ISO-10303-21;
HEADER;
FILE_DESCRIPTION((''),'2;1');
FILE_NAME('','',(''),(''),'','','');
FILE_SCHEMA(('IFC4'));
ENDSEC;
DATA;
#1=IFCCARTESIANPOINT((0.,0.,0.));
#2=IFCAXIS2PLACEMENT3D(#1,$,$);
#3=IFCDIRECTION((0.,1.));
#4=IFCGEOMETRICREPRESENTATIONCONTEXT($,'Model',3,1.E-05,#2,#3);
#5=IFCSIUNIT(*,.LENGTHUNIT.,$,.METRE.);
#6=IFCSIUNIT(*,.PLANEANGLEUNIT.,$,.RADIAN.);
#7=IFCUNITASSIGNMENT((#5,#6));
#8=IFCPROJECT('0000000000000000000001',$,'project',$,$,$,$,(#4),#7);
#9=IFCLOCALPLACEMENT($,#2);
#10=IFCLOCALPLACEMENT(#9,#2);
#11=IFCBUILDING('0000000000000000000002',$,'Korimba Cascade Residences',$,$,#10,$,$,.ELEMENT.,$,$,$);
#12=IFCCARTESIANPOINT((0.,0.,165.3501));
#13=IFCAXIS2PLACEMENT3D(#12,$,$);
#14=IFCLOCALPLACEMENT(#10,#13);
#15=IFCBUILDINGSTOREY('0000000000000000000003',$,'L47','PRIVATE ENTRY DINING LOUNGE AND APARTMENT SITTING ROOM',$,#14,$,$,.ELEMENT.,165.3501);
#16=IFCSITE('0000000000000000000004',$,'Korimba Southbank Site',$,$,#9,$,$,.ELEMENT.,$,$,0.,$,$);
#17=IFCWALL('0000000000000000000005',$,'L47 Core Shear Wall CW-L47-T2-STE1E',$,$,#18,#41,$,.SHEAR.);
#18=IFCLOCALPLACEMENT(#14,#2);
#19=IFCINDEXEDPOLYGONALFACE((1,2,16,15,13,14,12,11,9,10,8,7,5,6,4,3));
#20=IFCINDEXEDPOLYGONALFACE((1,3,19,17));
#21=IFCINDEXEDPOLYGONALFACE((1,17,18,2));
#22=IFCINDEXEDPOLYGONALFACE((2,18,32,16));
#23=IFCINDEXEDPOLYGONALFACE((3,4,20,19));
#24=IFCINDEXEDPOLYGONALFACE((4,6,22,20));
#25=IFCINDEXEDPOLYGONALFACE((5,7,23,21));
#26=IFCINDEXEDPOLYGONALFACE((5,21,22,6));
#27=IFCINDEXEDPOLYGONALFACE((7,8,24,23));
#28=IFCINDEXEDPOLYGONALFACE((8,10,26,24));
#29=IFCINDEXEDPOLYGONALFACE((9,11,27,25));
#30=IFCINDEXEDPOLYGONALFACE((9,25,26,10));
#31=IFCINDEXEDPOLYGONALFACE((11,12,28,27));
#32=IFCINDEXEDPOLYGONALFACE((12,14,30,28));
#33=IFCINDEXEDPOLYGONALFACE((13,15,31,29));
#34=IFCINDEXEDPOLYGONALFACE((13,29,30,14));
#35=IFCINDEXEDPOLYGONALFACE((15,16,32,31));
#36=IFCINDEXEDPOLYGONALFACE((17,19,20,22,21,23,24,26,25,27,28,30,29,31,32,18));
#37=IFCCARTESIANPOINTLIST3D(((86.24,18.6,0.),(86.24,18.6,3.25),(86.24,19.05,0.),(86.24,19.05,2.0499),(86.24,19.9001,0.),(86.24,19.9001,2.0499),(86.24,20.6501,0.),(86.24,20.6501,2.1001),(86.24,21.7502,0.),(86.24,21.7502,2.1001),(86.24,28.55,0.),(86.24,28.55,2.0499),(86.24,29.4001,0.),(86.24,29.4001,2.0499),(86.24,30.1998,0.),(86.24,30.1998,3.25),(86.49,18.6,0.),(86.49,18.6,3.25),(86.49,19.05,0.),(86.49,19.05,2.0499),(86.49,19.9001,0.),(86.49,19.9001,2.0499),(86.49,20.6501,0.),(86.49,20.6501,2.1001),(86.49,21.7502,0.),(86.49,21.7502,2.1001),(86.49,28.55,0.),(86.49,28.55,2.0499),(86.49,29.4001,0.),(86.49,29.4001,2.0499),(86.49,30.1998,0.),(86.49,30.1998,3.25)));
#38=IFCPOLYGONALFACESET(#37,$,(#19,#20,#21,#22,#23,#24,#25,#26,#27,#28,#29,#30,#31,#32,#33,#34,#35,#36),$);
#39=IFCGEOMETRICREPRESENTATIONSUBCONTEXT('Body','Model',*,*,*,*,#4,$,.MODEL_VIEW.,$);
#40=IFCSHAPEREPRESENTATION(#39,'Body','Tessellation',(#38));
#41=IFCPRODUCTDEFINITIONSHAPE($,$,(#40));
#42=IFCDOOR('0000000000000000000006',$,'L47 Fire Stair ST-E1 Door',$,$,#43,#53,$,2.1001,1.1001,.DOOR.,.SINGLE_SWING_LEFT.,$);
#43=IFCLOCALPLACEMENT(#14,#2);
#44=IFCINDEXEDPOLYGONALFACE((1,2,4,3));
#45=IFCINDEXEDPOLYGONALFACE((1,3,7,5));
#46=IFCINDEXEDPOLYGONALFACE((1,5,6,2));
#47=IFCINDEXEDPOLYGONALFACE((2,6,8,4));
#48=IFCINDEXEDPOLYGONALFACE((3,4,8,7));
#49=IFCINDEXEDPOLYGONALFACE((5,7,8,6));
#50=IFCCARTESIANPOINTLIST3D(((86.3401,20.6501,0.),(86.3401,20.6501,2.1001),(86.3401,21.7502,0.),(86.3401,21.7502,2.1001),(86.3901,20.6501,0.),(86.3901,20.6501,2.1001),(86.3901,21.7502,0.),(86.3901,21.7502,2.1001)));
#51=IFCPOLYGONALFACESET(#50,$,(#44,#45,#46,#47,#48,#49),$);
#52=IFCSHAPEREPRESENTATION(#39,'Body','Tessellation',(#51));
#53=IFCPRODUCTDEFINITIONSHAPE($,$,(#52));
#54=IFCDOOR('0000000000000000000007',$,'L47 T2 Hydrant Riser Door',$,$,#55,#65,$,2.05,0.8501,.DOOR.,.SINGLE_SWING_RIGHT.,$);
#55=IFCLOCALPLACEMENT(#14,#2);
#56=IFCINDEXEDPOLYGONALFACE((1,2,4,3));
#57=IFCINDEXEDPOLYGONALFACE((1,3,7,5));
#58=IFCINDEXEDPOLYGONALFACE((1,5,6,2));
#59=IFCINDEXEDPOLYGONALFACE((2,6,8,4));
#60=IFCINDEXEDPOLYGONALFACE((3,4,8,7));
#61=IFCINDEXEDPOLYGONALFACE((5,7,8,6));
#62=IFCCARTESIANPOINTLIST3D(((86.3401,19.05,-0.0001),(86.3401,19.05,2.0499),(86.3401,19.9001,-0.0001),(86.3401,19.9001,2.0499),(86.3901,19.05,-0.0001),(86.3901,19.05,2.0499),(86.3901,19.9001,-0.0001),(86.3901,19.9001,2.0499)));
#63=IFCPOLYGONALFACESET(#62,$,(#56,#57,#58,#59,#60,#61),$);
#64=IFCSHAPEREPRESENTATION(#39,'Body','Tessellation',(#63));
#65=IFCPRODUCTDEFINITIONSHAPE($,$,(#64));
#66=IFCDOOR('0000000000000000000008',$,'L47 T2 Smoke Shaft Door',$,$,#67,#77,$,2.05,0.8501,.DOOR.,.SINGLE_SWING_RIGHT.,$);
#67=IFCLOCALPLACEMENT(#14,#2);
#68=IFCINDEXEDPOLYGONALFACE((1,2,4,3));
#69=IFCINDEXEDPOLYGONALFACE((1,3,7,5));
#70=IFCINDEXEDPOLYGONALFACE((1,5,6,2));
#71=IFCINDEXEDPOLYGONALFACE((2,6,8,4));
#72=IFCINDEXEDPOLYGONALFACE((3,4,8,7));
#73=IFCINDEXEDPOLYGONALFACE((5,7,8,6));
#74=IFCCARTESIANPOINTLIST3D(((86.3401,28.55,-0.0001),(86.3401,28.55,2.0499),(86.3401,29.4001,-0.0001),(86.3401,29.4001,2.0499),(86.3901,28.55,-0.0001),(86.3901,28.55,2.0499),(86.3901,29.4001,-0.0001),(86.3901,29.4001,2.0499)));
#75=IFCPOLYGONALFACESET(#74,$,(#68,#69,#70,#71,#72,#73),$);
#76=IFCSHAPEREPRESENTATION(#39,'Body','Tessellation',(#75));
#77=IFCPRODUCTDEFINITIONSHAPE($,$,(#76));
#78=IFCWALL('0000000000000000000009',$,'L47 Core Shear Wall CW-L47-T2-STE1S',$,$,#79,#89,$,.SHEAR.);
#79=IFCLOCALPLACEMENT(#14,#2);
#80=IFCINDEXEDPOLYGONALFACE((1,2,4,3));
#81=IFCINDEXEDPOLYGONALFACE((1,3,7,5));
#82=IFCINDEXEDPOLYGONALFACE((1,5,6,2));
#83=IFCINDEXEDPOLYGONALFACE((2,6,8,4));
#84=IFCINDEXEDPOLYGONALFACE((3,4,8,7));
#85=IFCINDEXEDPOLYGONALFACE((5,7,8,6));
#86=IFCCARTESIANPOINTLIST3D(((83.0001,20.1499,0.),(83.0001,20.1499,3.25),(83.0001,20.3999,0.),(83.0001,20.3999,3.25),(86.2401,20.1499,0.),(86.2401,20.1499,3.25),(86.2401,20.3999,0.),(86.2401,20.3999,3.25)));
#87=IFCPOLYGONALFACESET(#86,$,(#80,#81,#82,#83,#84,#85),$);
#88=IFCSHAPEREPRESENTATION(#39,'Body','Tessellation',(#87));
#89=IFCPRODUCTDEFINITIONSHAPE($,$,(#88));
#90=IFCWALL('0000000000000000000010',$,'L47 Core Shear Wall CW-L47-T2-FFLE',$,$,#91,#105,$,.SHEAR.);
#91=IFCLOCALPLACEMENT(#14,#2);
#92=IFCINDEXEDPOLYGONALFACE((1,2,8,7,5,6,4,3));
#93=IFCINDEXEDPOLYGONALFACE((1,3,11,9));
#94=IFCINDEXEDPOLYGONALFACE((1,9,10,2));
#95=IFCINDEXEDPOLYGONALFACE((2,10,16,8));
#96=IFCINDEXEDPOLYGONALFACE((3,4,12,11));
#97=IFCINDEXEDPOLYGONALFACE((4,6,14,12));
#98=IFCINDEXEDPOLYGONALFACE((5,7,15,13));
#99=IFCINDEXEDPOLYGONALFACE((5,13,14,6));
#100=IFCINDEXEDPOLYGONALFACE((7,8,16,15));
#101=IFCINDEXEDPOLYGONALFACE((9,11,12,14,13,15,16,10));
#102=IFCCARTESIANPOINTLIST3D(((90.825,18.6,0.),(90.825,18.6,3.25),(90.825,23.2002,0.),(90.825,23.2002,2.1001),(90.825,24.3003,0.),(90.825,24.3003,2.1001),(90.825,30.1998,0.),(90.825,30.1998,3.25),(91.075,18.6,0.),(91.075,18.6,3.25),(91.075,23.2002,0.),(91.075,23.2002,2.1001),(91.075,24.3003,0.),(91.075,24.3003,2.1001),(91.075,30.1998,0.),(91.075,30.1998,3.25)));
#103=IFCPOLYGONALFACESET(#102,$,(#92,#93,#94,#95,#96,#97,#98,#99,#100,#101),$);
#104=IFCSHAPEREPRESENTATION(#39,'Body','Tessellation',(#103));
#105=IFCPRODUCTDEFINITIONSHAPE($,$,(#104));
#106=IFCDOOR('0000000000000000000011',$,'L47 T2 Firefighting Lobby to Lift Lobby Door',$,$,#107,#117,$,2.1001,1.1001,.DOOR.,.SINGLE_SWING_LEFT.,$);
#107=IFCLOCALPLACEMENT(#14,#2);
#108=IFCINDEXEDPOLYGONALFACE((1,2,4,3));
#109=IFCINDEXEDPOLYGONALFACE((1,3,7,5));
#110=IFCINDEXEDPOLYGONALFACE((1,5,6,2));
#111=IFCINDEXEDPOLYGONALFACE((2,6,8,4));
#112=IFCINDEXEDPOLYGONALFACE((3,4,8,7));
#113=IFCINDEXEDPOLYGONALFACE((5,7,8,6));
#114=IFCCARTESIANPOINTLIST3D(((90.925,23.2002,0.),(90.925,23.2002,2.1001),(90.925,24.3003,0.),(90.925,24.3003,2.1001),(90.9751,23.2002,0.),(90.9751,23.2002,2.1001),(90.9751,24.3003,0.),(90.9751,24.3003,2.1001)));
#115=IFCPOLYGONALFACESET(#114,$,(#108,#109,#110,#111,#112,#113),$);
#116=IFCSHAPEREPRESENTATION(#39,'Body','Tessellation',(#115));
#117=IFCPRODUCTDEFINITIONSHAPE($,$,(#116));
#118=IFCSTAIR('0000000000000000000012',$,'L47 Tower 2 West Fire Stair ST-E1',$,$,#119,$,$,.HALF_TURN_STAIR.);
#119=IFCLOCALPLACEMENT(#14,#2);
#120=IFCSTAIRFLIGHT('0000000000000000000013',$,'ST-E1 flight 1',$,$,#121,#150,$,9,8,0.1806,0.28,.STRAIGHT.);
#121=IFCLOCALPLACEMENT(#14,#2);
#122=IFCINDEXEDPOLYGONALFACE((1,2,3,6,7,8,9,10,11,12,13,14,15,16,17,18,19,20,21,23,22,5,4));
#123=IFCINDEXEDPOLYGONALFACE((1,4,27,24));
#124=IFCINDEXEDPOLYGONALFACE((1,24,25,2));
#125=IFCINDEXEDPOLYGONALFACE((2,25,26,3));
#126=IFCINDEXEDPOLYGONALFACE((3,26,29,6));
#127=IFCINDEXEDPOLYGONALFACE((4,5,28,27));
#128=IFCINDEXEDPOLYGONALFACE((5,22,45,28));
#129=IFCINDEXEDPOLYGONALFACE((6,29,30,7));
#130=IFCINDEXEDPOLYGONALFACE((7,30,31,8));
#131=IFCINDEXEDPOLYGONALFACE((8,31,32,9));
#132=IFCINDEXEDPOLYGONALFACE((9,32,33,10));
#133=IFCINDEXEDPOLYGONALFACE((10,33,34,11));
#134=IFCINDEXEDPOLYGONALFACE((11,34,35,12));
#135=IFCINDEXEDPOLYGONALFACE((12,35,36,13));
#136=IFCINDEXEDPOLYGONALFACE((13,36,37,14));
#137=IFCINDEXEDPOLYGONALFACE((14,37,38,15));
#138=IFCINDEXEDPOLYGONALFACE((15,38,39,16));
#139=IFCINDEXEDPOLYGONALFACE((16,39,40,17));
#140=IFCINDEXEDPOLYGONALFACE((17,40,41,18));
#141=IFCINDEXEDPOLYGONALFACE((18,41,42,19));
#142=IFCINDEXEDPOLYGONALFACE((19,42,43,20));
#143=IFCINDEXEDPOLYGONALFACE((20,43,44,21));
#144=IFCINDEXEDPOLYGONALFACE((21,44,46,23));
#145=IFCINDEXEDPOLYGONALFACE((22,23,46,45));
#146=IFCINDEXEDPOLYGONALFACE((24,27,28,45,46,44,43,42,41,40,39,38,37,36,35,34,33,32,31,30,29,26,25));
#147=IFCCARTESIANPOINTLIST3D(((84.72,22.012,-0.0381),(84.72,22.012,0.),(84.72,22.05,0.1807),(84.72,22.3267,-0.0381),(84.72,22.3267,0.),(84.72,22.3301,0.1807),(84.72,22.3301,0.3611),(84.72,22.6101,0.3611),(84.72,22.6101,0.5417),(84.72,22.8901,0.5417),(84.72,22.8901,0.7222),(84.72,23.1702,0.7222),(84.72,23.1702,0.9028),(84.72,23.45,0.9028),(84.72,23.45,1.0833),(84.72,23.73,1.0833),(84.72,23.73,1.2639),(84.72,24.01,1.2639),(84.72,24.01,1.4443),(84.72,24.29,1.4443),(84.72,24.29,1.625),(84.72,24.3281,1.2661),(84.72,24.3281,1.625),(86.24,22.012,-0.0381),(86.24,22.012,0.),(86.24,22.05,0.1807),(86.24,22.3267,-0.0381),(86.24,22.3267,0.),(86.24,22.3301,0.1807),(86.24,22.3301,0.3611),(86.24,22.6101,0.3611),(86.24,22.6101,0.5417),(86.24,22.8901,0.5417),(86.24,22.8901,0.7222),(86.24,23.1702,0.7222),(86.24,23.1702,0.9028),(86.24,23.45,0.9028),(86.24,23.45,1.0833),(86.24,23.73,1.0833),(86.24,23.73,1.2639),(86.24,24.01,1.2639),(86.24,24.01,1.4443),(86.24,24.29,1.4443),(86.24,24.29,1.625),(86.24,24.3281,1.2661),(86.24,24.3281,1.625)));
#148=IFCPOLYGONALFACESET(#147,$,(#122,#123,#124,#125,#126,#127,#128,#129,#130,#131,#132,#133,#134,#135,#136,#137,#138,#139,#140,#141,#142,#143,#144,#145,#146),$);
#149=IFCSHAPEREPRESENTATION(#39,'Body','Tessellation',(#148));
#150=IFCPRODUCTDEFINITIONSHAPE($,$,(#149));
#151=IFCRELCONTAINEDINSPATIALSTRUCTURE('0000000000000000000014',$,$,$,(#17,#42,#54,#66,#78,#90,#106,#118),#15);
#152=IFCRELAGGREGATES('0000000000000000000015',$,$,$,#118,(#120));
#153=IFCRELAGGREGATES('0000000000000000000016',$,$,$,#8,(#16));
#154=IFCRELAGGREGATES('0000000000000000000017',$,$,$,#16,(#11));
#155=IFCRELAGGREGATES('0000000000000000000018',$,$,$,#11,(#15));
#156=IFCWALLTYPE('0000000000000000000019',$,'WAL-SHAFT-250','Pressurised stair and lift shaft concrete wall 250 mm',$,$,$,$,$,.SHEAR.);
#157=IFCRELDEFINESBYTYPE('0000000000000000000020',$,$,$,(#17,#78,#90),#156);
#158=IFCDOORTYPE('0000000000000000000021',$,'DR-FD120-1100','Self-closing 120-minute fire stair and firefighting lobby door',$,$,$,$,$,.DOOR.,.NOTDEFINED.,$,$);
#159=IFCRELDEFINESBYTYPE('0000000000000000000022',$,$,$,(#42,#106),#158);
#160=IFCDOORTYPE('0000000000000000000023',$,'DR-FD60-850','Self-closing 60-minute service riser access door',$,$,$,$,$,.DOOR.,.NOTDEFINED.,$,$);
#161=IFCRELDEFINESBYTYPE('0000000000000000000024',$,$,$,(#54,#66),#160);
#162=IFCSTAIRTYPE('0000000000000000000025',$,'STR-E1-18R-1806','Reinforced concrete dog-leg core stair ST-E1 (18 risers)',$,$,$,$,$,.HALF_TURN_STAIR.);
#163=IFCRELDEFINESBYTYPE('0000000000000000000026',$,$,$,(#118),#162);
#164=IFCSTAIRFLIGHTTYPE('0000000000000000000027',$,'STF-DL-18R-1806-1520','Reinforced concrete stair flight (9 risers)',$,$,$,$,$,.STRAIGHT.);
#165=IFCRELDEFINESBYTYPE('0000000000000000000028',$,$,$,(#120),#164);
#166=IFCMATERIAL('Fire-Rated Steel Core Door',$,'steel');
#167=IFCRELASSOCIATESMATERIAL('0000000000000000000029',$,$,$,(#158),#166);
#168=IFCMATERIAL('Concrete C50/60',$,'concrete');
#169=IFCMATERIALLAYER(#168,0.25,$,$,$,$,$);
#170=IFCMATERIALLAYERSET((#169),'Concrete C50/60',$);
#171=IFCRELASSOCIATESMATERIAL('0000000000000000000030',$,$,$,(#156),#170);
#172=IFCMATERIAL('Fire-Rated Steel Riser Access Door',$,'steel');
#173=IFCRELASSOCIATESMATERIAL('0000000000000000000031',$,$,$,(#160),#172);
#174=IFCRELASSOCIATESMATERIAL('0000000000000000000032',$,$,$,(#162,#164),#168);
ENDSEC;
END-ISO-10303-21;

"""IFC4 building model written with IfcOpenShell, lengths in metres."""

from ifc_helpers import new_model, si_unit, direction, frame, frame_2d, origin, place, context, subcontext, project, spatial, polyline, rectangle, outline, extrude, material, layer, layer_set, type_object, element, fill, aggregate, save


model = new_model("IFC4")

# Units and contexts
model_context = context("Model", 3, precision=1e-05, world=origin(), true_north=direction((0.0, 1.0)))
body_context = subcontext(model_context, "Body", "Model", "MODEL_VIEW")
ifc_project = project(units=[si_unit("LENGTHUNIT", "METRE"), si_unit("PLANEANGLEUNIT", "RADIAN")], contexts=[model_context])

# Site, building, storey
site_placement = place(None, origin())
site = spatial("IfcSite", under=ifc_project, at=site_placement, Name="Korimba Southbank Site", CompositionType="ELEMENT", RefElevation=0.0)
building_placement = place(site_placement, origin())
building = spatial("IfcBuilding", under=site, at=building_placement, Name="Korimba Cascade Residences", CompositionType="ELEMENT")
storey_placement = place(building_placement, frame((0.0, 0.0, 165.3501)))
storey = spatial("IfcBuildingStorey", under=building, at=storey_placement, Name="L47", Description="PRIVATE ENTRY DINING LOUNGE AND APARTMENT SITTING ROOM", CompositionType="ELEMENT", Elevation=165.3501)

# Shared definitions
ifc_material_1 = material(Name="Concrete C50/60", Category="concrete")

# Shared definitions
ifc_material_2 = material(Name="Fire-Rated Steel Core Door", Category="steel")
door_type_1 = type_object("IfcDoorType", Name="DR-FD120-1100", Description="Self-closing 120-minute fire stair and firefighting lobby door", OperationType="NOTDEFINED", PredefinedType="DOOR", material=ifc_material_2)

# Shared definitions
ifc_layer_1 = layer(ifc_material_1, 0.25)
ifc_layer_set_1 = layer_set([ifc_layer_1], Name="Concrete C50/60")
wall_type_1 = type_object("IfcWallType", Name="WAL-SHAFT-250", Description="Pressurised stair and lift shaft concrete wall 250 mm", PredefinedType="SHEAR", material=ifc_layer_set_1)

# Wall, openings, doors
wall_1_placement = place(storey_placement, frame((86.365, 18.6001, 0.0), z_axis=(0.0, 0.0, 1.0), x_axis=(0.0, 1.0, 0.0)))
wall_1 = element("IfcWall", 1, at=wall_1_placement, inside=storey, type_object=wall_type_1, Name="L47 Core Shear Wall CW-L47-T2-STE1E", PredefinedType="SHEAR", context=body_context, shape_type="SweptSolid", body=[
    extrude(rectangle(XDim=11.5999, YDim=0.25, at=frame_2d((5.7998, 0.0))), origin(), (0.0, 0.0, 1.0), 3.25),
])
opening_1_placement = place(wall_1_placement, frame((0.45, 0.0, 0.0)))
opening_1 = element("IfcOpeningElement", 2, at=opening_1_placement, cuts=wall_1, PredefinedType="OPENING", context=body_context, shape_type="SweptSolid", body=[
    extrude(rectangle(XDim=0.8501, YDim=2.05, at=frame_2d((0.425, 1.0249))), frame((0.0, 0.135, 0.0), z_axis=(0.0, -1.0, 0.0), x_axis=(1.0, 0.0, 0.0)), (0.0, 0.0, 1.0), 0.27),
])
opening_2_placement = place(wall_1_placement, frame((2.05, 0.0, 0.0)))
opening_2 = element("IfcOpeningElement", 3, at=opening_2_placement, cuts=wall_1, PredefinedType="OPENING", context=body_context, shape_type="SweptSolid", body=[
    extrude(rectangle(XDim=1.1001, YDim=2.1001, at=frame_2d((0.55, 1.05))), frame((0.0, 0.135, 0.0), z_axis=(0.0, -1.0, 0.0), x_axis=(1.0, 0.0, 0.0)), (0.0, 0.0, 1.0), 0.27),
])
opening_3_placement = place(wall_1_placement, frame((9.95, 0.0, 0.0)))
opening_3 = element("IfcOpeningElement", 4, at=opening_3_placement, cuts=wall_1, PredefinedType="OPENING", context=body_context, shape_type="SweptSolid", body=[
    extrude(rectangle(XDim=0.8501, YDim=2.05, at=frame_2d((0.425, 1.0249))), frame((0.0, 0.135, 0.0), z_axis=(0.0, -1.0, 0.0), x_axis=(1.0, 0.0, 0.0)), (0.0, 0.0, 1.0), 0.27),
])
door_1_placement = place(opening_2_placement, origin())
door_1 = element("IfcDoor", 5, at=door_1_placement, inside=storey, type_object=door_type_1, Name="L47 Fire Stair ST-E1 Door", OperationType="SINGLE_SWING_LEFT", OverallHeight=2.1001, OverallWidth=1.1001, PredefinedType="DOOR", context=body_context, shape_type="SweptSolid", body=[
    extrude(rectangle(XDim=1.1001, YDim=2.1001, at=frame_2d((0.55, 1.05))), frame((0.0, 0.0249, 0.0), z_axis=(0.0, -1.0, 0.0), x_axis=(1.0, 0.0, 0.0)), (0.0, 0.0, 1.0), 0.05),
])
fill(opening_2, door_1)
ifc_material_3 = material(Name="Fire-Rated Steel Riser Access Door", Category="steel")
door_type_2 = type_object("IfcDoorType", Name="DR-FD60-850", Description="Self-closing 60-minute service riser access door", OperationType="NOTDEFINED", PredefinedType="DOOR", material=ifc_material_3)
door_2_placement = place(opening_1_placement, origin())
door_2 = element("IfcDoor", 6, at=door_2_placement, inside=storey, type_object=door_type_2, Name="L47 T2 Hydrant Riser Door", OperationType="SINGLE_SWING_RIGHT", OverallHeight=2.05, OverallWidth=0.8501, PredefinedType="DOOR", context=body_context, shape_type="SweptSolid", body=[
    extrude(rectangle(XDim=0.8501, YDim=2.05, at=frame_2d((0.425, 1.0249))), frame((0.0, 0.0249, 0.0), z_axis=(0.0, -1.0, 0.0), x_axis=(1.0, 0.0, 0.0)), (0.0, 0.0, 1.0), 0.05),
])
fill(opening_1, door_2)
door_3_placement = place(opening_3_placement, origin())
door_3 = element("IfcDoor", 7, at=door_3_placement, inside=storey, type_object=door_type_2, Name="L47 T2 Smoke Shaft Door", OperationType="SINGLE_SWING_RIGHT", OverallHeight=2.05, OverallWidth=0.8501, PredefinedType="DOOR", context=body_context, shape_type="SweptSolid", body=[
    extrude(rectangle(XDim=0.8501, YDim=2.05, at=frame_2d((0.425, 1.0249))), frame((0.0, 0.0249, 0.0), z_axis=(0.0, -1.0, 0.0), x_axis=(1.0, 0.0, 0.0)), (0.0, 0.0, 1.0), 0.05),
])
fill(opening_3, door_3)

# Wall
wall_2_placement = place(storey_placement, frame((83.0, 20.2749, 0.0), z_axis=(0.0, 0.0, 1.0), x_axis=(1.0, 0.0, 0.0)))
element("IfcWall", 8, at=wall_2_placement, inside=storey, type_object=wall_type_1, Name="L47 Core Shear Wall CW-L47-T2-STE1S", PredefinedType="SHEAR", context=body_context, shape_type="SweptSolid", body=[
    extrude(rectangle(XDim=3.24, YDim=0.25, at=frame_2d((1.6201, 0.0))), origin(), (0.0, 0.0, 1.0), 3.25),
])

# Wall, opening, door
wall_3_placement = place(storey_placement, frame((90.95, 18.6001, 0.0), z_axis=(0.0, 0.0, 1.0), x_axis=(0.0, 1.0, 0.0)))
wall_3 = element("IfcWall", 9, at=wall_3_placement, inside=storey, type_object=wall_type_1, Name="L47 Core Shear Wall CW-L47-T2-FFLE", PredefinedType="SHEAR", context=body_context, shape_type="SweptSolid", body=[
    extrude(rectangle(XDim=11.5999, YDim=0.25, at=frame_2d((5.7998, 0.0))), origin(), (0.0, 0.0, 1.0), 3.25),
])
opening_4_placement = place(wall_3_placement, frame((4.6001, 0.0, 0.0)))
opening_4 = element("IfcOpeningElement", 10, at=opening_4_placement, cuts=wall_3, PredefinedType="OPENING", context=body_context, shape_type="SweptSolid", body=[
    extrude(rectangle(XDim=1.1001, YDim=2.1001, at=frame_2d((0.55, 1.05))), frame((0.0, 0.135, 0.0), z_axis=(0.0, -1.0, 0.0), x_axis=(1.0, 0.0, 0.0)), (0.0, 0.0, 1.0), 0.27),
])
door_4_placement = place(opening_4_placement, origin())
door_4 = element("IfcDoor", 11, at=door_4_placement, inside=storey, type_object=door_type_1, Name="L47 T2 Firefighting Lobby to Lift Lobby Door", OperationType="SINGLE_SWING_LEFT", OverallHeight=2.1001, OverallWidth=1.1001, PredefinedType="DOOR", context=body_context, shape_type="SweptSolid", body=[
    extrude(rectangle(XDim=1.1001, YDim=2.1001, at=frame_2d((0.55, 1.05))), frame((0.0, 0.0249, 0.0), z_axis=(0.0, -1.0, 0.0), x_axis=(1.0, 0.0, 0.0)), (0.0, 0.0, 1.0), 0.05),
])
fill(opening_4, door_4)

# Stair, stair flight
stair_type = type_object("IfcStairType", Name="STR-E1-18R-1806", Description="Reinforced concrete dog-leg core stair ST-E1 (18 risers)", PredefinedType="HALF_TURN_STAIR", material=ifc_material_1)
stair_placement = place(storey_placement, origin())
stair = element("IfcStair", 12, at=stair_placement, inside=storey, type_object=stair_type, Name="L47 Tower 2 West Fire Stair ST-E1", PredefinedType="HALF_TURN_STAIR")
stair_flight_type = type_object("IfcStairFlightType", Name="STF-DL-18R-1806-1520", Description="Reinforced concrete stair flight (9 risers)", PredefinedType="STRAIGHT", material=ifc_material_1)
stair_flight_placement = place(storey_placement, frame((85.48, 22.05, 0.0), z_axis=(0.0, 0.0, 1.0), x_axis=(0.0, 1.0, 0.0)))
stair_flight = element("IfcStairFlight", 13, at=stair_flight_placement, type_object=stair_flight_type, Name="ST-E1 flight 1", NumberOfRisers=9, NumberOfTreads=8, PredefinedType="STRAIGHT", RiserHeight=0.1806, TreadLength=0.28, context=body_context, shape_type="SweptSolid", body=[
    extrude(outline(polyline([(-0.0381, 0.0), (0.0, 0.1807), (0.28, 0.1807), (0.28, 0.3611), (0.5601, 0.3611), (0.5601, 0.5417), (0.8401, 0.5417), (0.8401, 0.7222), (1.1201, 0.7222), (1.1201, 0.9028), (1.3999, 0.9028), (1.3999, 1.0833), (1.6799, 1.0833), (1.6799, 1.2639), (1.96, 1.2639), (1.96, 1.4443), (2.24, 1.4443), (2.24, 1.625), (2.2781, 1.625), (2.2781, 1.2661), (0.2766, 0.0), (0.2766, -0.0381), (-0.0381, -0.0381), (-0.0381, 0.0)])), frame((0.0, 0.76, 0.0), z_axis=(0.0, -1.0, 0.0), x_axis=(1.0, 0.0, 0.0)), (0.0, 0.0, 1.0), 1.52),
])
aggregate(stair, [stair_flight])

save(model, "model.ifc")
